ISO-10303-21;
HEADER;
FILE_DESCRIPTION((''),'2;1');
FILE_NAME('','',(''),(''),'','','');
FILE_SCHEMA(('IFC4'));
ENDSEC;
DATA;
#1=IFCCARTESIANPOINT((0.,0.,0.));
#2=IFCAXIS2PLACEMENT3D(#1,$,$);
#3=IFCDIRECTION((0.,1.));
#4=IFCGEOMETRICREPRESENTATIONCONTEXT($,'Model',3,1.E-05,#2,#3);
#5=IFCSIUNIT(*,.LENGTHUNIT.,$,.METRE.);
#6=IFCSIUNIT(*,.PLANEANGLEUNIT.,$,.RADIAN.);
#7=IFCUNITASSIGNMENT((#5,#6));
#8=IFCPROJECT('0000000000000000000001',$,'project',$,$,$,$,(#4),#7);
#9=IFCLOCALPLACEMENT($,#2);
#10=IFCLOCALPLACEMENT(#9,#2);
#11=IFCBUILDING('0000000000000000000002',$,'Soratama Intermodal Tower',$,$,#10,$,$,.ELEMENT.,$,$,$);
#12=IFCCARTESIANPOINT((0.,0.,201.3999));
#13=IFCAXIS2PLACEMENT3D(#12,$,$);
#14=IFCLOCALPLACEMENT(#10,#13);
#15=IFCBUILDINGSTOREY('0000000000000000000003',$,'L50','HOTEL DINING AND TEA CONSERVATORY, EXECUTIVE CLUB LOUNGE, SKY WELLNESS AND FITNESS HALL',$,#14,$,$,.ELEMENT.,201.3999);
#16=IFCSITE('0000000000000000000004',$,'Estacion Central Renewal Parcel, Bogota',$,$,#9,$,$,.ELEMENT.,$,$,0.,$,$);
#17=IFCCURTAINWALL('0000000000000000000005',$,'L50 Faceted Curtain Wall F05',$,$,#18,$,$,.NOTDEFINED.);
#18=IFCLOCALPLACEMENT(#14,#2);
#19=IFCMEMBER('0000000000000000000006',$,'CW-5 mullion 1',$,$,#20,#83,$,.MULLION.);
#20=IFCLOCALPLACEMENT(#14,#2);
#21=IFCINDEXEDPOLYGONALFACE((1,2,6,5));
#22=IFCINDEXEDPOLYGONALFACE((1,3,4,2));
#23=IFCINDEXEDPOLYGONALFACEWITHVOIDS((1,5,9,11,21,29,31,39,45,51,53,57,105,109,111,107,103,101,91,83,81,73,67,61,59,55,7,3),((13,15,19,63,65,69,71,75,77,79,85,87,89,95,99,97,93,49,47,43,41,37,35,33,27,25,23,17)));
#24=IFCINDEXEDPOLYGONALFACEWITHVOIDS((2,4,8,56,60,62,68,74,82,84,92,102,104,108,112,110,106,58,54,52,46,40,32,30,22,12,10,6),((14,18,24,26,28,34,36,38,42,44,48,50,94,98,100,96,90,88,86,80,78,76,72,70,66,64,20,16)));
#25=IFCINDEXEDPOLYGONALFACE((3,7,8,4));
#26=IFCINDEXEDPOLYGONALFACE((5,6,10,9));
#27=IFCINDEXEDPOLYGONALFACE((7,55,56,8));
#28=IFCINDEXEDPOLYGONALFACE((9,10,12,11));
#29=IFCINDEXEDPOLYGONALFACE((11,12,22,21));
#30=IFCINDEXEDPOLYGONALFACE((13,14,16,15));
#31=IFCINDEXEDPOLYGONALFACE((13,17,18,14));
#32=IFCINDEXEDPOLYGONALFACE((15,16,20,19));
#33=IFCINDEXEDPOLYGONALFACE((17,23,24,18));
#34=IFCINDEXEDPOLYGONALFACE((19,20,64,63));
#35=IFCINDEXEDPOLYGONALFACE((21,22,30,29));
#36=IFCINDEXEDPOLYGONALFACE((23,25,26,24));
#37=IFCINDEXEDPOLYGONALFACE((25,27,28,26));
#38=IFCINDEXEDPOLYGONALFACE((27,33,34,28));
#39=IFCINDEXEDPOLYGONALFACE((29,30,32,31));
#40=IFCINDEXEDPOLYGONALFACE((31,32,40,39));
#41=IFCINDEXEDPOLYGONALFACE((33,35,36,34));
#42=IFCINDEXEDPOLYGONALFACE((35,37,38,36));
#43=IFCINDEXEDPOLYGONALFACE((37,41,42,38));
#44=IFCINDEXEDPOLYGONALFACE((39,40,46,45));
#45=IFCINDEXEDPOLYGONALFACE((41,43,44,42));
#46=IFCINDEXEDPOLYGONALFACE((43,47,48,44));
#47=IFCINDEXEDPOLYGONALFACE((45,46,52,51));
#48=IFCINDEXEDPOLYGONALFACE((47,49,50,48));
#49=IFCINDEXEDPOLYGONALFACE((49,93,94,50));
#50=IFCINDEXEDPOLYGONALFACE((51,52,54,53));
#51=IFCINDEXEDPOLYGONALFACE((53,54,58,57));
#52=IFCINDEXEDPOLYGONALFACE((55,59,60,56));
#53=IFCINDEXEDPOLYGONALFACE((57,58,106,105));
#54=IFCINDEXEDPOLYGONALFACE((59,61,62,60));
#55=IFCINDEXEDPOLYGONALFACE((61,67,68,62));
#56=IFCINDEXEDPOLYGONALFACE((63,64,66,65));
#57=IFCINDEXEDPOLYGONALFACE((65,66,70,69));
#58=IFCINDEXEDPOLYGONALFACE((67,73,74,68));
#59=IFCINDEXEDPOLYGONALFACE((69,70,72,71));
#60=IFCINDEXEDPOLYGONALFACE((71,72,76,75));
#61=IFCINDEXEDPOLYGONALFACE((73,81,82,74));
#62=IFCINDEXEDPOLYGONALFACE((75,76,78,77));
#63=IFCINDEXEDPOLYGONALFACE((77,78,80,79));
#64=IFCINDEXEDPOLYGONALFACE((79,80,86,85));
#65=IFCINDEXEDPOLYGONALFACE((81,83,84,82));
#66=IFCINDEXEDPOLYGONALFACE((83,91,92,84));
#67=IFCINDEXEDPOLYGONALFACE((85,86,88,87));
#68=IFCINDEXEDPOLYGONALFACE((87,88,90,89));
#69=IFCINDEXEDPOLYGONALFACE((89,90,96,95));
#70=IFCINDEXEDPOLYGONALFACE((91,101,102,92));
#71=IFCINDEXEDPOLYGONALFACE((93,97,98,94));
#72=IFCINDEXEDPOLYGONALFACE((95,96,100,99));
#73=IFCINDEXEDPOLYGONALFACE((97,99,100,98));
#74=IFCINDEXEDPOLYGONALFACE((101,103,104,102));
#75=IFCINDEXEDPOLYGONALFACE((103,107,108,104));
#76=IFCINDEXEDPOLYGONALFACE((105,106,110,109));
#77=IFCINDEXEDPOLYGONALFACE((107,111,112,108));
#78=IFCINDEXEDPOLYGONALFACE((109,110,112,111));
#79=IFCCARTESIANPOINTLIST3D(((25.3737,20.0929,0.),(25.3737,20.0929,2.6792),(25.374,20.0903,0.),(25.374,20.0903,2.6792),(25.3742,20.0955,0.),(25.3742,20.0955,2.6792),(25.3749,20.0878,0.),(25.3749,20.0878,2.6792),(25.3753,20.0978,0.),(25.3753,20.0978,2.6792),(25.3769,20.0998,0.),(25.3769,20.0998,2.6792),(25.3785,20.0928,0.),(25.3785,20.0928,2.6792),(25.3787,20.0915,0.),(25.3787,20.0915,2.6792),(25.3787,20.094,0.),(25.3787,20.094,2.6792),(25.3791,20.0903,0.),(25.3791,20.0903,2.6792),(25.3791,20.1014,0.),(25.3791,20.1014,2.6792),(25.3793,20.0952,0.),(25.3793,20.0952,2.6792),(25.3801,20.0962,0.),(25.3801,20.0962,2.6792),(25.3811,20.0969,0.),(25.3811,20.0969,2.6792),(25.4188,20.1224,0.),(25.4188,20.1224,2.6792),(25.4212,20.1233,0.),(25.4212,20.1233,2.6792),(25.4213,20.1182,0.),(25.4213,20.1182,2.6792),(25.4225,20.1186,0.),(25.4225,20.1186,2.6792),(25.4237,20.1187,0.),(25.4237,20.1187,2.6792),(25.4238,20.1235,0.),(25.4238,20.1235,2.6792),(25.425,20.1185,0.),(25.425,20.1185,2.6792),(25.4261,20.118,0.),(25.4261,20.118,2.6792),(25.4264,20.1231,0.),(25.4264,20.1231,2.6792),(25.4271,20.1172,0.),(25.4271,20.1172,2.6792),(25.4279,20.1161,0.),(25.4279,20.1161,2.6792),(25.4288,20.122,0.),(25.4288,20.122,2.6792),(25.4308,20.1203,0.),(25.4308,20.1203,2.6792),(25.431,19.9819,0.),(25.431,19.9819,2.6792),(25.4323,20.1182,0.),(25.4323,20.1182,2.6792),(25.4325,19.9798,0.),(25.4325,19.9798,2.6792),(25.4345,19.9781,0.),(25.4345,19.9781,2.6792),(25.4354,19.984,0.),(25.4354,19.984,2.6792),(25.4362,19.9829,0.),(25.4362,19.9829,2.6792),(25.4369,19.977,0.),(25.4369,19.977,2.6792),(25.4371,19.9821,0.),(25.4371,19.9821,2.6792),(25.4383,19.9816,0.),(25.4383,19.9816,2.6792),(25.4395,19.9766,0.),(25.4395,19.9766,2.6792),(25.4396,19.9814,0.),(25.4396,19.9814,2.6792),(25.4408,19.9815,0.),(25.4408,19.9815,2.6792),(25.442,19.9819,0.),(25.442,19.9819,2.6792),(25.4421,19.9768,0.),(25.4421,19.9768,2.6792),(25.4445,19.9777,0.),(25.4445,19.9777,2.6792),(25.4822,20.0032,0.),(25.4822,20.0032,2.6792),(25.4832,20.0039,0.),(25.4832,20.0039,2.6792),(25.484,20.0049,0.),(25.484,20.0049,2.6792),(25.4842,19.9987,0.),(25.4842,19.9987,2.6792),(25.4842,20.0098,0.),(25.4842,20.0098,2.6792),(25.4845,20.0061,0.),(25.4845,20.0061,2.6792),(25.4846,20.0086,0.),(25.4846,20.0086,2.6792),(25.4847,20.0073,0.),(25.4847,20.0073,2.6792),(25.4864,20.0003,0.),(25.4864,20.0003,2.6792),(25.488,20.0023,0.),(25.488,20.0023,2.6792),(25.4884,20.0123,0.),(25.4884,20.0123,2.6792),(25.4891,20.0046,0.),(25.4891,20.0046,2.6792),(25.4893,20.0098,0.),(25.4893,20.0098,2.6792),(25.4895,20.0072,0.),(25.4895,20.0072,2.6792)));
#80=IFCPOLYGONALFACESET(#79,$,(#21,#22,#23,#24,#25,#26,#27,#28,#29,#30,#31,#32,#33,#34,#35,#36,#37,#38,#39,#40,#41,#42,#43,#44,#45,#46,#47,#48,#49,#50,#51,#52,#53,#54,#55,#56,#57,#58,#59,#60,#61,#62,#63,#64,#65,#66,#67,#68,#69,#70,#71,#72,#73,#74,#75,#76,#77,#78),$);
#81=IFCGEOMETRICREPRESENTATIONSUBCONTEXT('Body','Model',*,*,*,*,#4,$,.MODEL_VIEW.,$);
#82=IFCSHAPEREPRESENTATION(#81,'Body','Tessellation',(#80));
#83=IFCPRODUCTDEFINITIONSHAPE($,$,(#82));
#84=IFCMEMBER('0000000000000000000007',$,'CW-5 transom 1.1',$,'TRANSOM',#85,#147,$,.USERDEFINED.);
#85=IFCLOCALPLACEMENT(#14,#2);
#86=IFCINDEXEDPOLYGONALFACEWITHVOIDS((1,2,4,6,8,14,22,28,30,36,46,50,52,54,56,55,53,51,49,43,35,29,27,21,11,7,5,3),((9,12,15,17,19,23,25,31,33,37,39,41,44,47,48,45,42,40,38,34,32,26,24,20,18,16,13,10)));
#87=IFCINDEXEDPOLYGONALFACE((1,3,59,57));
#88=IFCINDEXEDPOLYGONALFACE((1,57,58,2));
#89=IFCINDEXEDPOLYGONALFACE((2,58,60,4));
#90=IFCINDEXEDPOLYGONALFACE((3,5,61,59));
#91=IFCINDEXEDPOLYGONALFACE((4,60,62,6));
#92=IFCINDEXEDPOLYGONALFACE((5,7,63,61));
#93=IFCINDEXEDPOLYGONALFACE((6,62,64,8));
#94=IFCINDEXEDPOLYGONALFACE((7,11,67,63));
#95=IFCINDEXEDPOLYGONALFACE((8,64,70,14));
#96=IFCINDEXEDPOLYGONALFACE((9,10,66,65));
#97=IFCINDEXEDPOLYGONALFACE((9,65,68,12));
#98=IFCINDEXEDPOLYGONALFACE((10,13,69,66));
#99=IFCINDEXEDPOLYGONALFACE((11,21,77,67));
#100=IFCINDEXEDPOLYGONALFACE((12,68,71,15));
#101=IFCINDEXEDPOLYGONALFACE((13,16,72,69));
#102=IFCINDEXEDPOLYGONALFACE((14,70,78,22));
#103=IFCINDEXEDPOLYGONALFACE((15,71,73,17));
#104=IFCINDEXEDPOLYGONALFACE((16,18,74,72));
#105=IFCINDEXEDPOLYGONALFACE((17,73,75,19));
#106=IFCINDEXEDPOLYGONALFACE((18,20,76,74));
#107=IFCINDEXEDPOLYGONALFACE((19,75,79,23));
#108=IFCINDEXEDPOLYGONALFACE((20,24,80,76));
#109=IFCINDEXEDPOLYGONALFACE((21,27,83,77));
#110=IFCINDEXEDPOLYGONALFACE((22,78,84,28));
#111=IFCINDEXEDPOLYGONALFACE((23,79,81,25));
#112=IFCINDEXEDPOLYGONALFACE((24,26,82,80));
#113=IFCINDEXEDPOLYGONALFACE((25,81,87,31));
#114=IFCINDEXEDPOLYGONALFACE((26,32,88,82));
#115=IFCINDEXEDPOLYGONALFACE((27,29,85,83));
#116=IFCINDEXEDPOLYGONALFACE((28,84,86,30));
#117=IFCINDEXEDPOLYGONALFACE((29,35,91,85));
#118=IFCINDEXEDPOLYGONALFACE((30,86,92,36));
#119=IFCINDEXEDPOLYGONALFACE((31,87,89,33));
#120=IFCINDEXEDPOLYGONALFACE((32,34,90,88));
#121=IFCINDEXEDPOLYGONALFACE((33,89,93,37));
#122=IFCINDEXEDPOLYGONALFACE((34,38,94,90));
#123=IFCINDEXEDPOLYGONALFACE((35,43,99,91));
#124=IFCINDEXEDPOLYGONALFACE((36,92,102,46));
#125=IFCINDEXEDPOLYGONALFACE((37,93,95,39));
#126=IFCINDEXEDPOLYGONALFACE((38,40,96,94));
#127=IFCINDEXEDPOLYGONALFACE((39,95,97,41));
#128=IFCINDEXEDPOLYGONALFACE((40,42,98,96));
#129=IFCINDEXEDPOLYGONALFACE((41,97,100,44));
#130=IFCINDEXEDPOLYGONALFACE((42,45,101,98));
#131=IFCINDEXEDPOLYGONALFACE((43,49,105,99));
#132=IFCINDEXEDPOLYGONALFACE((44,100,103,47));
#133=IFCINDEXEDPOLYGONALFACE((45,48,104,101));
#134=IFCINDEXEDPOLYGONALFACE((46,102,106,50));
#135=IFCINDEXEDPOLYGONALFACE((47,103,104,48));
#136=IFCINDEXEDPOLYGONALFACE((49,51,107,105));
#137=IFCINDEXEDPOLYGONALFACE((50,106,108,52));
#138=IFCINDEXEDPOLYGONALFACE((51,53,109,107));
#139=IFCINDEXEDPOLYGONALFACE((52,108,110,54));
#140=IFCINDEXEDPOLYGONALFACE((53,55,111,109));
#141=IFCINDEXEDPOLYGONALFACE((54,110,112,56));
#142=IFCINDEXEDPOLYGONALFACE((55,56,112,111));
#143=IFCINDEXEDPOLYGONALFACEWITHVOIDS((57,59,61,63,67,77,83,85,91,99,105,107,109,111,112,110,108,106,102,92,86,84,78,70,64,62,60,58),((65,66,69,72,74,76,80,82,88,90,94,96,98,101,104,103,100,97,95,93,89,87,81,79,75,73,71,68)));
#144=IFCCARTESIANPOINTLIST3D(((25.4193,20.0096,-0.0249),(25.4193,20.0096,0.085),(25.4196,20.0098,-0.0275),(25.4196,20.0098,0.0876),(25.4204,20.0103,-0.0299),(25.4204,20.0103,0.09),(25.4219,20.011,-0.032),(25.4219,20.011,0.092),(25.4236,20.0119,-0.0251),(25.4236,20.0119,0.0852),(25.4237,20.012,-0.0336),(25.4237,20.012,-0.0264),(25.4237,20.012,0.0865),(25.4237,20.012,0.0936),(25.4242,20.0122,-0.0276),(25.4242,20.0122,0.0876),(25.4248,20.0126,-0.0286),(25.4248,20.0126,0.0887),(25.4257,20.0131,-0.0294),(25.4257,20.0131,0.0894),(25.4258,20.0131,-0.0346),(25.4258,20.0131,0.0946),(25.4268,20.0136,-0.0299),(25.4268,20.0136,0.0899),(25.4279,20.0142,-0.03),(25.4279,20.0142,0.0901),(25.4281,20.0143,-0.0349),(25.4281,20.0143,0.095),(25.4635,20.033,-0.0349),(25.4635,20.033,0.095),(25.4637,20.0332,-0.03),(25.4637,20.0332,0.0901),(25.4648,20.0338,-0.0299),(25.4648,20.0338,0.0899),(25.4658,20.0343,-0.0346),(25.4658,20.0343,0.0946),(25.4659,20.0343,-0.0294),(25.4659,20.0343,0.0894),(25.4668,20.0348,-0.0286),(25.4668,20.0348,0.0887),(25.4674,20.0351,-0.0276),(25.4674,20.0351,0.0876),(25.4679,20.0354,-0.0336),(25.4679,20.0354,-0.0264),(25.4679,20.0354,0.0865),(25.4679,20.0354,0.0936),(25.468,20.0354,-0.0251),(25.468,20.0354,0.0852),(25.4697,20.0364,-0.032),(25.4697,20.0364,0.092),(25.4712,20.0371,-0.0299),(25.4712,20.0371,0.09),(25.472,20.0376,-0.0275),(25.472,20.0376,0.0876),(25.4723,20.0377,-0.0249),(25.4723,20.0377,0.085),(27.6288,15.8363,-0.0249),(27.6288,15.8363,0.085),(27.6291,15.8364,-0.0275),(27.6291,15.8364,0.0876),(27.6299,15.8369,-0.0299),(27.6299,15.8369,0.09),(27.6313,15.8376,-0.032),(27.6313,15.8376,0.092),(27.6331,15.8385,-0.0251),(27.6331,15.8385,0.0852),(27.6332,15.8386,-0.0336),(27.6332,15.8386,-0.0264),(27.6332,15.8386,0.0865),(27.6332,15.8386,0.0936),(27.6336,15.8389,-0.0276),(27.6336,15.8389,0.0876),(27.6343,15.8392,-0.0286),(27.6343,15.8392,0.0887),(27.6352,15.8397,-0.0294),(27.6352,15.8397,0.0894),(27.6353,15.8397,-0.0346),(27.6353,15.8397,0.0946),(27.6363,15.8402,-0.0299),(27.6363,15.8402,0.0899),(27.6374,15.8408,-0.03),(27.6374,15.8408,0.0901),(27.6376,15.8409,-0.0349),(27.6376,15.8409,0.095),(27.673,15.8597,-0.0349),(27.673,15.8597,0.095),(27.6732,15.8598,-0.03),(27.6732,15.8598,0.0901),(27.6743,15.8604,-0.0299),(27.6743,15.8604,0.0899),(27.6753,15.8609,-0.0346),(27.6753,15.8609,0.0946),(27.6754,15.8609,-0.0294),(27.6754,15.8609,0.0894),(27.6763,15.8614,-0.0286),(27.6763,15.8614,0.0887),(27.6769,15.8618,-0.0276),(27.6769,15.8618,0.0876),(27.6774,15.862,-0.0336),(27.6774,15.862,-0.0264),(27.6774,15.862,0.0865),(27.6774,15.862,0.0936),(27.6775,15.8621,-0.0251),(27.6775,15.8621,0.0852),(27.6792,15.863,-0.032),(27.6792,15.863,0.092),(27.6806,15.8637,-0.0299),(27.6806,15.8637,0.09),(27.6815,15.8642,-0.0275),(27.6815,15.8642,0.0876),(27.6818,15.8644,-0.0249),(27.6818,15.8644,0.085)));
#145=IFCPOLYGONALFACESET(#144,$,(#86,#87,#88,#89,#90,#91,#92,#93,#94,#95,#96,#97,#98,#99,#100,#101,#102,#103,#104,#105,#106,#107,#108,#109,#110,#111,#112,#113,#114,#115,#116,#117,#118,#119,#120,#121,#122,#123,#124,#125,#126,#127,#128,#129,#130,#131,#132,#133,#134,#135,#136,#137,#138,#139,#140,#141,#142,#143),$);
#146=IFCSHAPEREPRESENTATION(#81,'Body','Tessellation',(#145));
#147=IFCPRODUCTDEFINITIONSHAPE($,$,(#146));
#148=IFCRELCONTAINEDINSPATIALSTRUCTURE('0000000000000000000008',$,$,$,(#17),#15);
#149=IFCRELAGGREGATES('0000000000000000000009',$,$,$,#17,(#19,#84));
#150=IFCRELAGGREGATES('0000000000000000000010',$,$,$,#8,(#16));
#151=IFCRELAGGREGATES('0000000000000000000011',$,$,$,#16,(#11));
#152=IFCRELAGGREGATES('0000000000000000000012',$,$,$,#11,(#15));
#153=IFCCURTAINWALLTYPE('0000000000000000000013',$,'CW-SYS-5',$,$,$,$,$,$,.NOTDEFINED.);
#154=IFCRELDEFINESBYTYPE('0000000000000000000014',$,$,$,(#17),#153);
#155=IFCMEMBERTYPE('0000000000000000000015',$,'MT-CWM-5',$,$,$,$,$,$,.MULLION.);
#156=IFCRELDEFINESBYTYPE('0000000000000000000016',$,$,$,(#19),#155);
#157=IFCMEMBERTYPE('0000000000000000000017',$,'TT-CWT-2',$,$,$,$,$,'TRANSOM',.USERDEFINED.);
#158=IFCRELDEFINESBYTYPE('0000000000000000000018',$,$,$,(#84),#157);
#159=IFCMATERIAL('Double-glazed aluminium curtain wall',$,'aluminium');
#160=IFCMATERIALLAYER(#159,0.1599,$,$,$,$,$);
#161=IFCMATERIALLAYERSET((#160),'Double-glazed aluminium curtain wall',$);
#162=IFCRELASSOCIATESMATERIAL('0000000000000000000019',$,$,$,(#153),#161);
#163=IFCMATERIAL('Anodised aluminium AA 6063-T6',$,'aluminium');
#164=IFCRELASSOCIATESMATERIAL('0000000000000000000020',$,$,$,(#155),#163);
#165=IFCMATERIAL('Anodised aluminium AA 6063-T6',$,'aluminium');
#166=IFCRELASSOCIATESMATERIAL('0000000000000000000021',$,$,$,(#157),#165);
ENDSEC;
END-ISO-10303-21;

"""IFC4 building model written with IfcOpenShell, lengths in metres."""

from ifc_helpers import new_model, si_unit, direction, frame, origin, origin_2d, place, context, subcontext, project, spatial, hollow_rectangle, extrude, material, layer, layer_set, material_profile, profile_set, type_object, element, aggregate, save


model = new_model("IFC4")

# Units and contexts
model_context = context("Model", 3, precision=1e-05, world=origin(), true_north=direction((0.0, 1.0)))
body_context = subcontext(model_context, "Body", "Model", "MODEL_VIEW")
ifc_project = project(units=[si_unit("LENGTHUNIT", "METRE"), si_unit("PLANEANGLEUNIT", "RADIAN")], contexts=[model_context])

# Site, building, storey
site_placement = place(None, origin())
site = spatial("IfcSite", under=ifc_project, at=site_placement, Name="Estacion Central Renewal Parcel, Bogota", CompositionType="ELEMENT", RefElevation=0.0)
building_placement = place(site_placement, origin())
building = spatial("IfcBuilding", under=site, at=building_placement, Name="Soratama Intermodal Tower", CompositionType="ELEMENT")
storey_placement = place(building_placement, frame((0.0, 0.0, 201.3999)))
storey = spatial("IfcBuildingStorey", under=building, at=storey_placement, Name="L50", Description="HOTEL DINING AND TEA CONSERVATORY, EXECUTIVE CLUB LOUNGE, SKY WELLNESS AND FITNESS HALL", CompositionType="ELEMENT", Elevation=201.3999)

# Curtain wall, members
ifc_material_1 = material(Name="Double-glazed aluminium curtain wall", Category="aluminium")
ifc_layer_1 = layer(ifc_material_1, 0.1599)
ifc_layer_set_1 = layer_set([ifc_layer_1], Name="Double-glazed aluminium curtain wall")
curtain_wall_type = type_object("IfcCurtainWallType", Name="CW-SYS-5", PredefinedType="NOTDEFINED", material=ifc_layer_set_1)
curtain_wall_placement = place(storey_placement, origin())
curtain_wall = element("IfcCurtainWall", 1, at=curtain_wall_placement, inside=storey, type_object=curtain_wall_type, Name="L50 Faceted Curtain Wall F05", PredefinedType="NOTDEFINED")
ifc_material_2 = material(Name="Anodised aluminium AA 6063-T6", Category="aluminium")
ifc_material_profile_1 = material_profile(ifc_material_2, hollow_rectangle(XDim=0.0649, YDim=0.1399, WallThickness=0.0049, InnerFilletRadius=0.0049, OuterFilletRadius=0.01, at=origin_2d()), Name="CWM140X65X5")
ifc_profile_set_1 = profile_set([ifc_material_profile_1], Name="Anodised aluminium AA 6063-T6")
member_type_1 = type_object("IfcMemberType", Name="MT-CWM-5", PredefinedType="MULLION", material=ifc_profile_set_1)
member_1_placement = place(storey_placement, frame((25.4316, 20.05, 0.0), z_axis=(0.0, 0.0, 1.0), x_axis=(0.883765, 0.467932, 0.0)))
member_1 = element("IfcMember", 2, at=member_1_placement, type_object=member_type_1, Name="CW-5 mullion 1", PredefinedType="MULLION", context=body_context, shape_type="SweptSolid", body=[
    extrude(hollow_rectangle(XDim=0.0649, YDim=0.1399, WallThickness=0.0049, InnerFilletRadius=0.0049, OuterFilletRadius=0.01, at=origin_2d()), origin(), (0.0, 0.0, 1.0), 2.6792),
])
ifc_material_3 = material(Name="Anodised aluminium AA 6063-T6", Category="aluminium")
ifc_material_profile_2 = material_profile(ifc_material_3, hollow_rectangle(XDim=0.0601, YDim=0.1299, WallThickness=0.0049, InnerFilletRadius=0.0049, OuterFilletRadius=0.01, at=origin_2d()), Name="CWT130X60X5")
ifc_profile_set_2 = profile_set([ifc_material_profile_2], Name="Anodised aluminium AA 6063-T6")
member_type_2 = type_object("IfcMemberType", Name="TT-CWT-2", ElementType="TRANSOM", PredefinedType="USERDEFINED", material=ifc_profile_set_2)
member_2_placement = place(storey_placement, frame((25.4458, 20.0237, 0.03), z_axis=(0.467897, -0.883783, 0.0), x_axis=(0.883783, 0.467897, 0.0)))
member_2 = element("IfcMember", 3, at=member_2_placement, type_object=member_type_2, Name="CW-5 transom 1.1", ObjectType="TRANSOM", PredefinedType="USERDEFINED", context=body_context, shape_type="SweptSolid", body=[
    extrude(hollow_rectangle(XDim=0.0601, YDim=0.1299, WallThickness=0.0049, InnerFilletRadius=0.0049, OuterFilletRadius=0.01, at=origin_2d()), origin(), (0.0, 0.0, 1.0), 4.7222),
])
aggregate(curtain_wall, [member_1, member_2])

save(model, "model.ifc")
